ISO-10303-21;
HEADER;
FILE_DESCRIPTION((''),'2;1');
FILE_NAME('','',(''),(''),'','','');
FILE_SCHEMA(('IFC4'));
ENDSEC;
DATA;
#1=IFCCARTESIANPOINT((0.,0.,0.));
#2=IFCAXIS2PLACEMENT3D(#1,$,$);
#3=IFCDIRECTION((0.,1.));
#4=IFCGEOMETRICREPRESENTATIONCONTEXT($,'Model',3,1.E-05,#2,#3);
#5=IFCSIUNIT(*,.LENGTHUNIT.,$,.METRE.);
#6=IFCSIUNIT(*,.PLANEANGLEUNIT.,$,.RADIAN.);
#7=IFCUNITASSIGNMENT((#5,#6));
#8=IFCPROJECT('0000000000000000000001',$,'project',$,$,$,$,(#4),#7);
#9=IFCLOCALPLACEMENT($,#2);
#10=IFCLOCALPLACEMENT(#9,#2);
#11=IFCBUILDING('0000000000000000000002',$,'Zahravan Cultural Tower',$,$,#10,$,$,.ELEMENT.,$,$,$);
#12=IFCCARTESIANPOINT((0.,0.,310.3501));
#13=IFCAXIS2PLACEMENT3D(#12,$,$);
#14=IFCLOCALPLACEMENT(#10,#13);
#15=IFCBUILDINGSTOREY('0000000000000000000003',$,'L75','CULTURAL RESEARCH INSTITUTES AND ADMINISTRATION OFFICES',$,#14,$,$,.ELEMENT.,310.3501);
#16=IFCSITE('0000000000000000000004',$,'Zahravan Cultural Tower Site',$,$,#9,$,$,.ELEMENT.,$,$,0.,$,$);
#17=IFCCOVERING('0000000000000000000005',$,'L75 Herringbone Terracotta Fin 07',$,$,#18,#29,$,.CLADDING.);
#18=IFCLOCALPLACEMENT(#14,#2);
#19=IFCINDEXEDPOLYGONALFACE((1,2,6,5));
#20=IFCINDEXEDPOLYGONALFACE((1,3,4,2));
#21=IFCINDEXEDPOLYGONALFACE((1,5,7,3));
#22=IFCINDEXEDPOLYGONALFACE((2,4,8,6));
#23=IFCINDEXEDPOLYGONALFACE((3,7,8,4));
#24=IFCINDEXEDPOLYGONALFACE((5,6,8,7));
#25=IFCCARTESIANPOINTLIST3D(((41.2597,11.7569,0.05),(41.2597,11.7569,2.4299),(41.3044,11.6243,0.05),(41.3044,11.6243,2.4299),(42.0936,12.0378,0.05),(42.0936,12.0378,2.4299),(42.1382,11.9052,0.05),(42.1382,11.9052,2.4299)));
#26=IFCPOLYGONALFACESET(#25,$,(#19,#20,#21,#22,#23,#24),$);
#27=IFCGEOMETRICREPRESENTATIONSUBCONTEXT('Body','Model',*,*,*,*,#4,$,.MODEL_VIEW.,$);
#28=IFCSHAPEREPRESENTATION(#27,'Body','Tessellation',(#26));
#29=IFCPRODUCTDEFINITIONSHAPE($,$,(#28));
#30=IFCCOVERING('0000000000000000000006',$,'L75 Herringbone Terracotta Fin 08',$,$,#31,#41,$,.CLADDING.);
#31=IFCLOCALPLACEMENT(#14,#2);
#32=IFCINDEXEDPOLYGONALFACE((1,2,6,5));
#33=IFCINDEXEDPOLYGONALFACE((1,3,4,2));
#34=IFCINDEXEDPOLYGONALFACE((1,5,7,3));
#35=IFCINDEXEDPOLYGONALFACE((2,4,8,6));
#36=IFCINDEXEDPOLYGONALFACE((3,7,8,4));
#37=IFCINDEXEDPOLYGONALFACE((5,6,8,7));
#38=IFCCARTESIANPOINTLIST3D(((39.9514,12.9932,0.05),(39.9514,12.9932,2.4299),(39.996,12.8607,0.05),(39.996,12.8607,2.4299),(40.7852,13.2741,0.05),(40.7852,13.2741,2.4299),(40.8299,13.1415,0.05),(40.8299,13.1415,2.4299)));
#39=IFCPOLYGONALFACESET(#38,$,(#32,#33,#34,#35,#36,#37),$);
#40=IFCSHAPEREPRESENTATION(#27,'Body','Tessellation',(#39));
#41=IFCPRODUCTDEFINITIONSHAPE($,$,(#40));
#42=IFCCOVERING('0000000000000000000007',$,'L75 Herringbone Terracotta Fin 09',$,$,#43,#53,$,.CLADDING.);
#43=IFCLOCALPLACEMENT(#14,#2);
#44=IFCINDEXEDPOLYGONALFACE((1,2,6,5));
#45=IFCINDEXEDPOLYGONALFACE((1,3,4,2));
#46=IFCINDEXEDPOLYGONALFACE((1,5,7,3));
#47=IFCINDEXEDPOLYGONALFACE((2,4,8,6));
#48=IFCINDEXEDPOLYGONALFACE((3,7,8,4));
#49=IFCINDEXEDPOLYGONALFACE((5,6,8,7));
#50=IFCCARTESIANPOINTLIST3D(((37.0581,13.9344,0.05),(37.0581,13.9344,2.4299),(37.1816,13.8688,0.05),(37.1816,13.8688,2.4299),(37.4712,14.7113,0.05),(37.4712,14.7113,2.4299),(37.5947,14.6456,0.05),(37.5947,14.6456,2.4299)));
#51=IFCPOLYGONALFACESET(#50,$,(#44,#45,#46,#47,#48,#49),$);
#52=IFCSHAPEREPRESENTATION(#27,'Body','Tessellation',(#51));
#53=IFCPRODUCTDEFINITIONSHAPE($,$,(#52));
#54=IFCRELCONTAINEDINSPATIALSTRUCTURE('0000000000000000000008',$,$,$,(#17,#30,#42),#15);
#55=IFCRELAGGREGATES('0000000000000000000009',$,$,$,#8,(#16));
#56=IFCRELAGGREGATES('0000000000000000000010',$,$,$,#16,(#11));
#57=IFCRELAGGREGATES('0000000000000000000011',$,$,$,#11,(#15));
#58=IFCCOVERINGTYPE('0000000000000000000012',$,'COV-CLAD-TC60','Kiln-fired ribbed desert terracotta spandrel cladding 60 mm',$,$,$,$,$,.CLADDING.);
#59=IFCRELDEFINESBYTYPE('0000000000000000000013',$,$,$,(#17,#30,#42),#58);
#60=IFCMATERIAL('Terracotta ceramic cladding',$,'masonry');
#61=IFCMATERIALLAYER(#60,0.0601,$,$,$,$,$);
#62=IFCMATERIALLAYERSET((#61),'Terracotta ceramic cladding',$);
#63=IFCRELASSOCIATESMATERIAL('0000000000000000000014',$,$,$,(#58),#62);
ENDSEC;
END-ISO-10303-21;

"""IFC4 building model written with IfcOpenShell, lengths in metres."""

from ifc_helpers import new_model, si_unit, direction, frame, origin, origin_2d, place, context, subcontext, project, spatial, rectangle, extrude, source, transform, mapped, material, layer, layer_set, type_object, element, save


model = new_model("IFC4")

# Units and contexts
model_context = context("Model", 3, precision=1e-05, world=origin(), true_north=direction((0.0, 1.0)))
body_context = subcontext(model_context, "Body", "Model", "MODEL_VIEW")
ifc_project = project(units=[si_unit("LENGTHUNIT", "METRE"), si_unit("PLANEANGLEUNIT", "RADIAN")], contexts=[model_context])

# Site, building, storey
site_placement = place(None, origin())
site = spatial("IfcSite", under=ifc_project, at=site_placement, Name="Zahravan Cultural Tower Site", CompositionType="ELEMENT", RefElevation=0.0)
building_placement = place(site_placement, origin())
building = spatial("IfcBuilding", under=site, at=building_placement, Name="Zahravan Cultural Tower", CompositionType="ELEMENT")
storey_placement = place(building_placement, frame((0.0, 0.0, 310.3501)))
storey = spatial("IfcBuildingStorey", under=building, at=storey_placement, Name="L75", Description="CULTURAL RESEARCH INSTITUTES AND ADMINISTRATION OFFICES", CompositionType="ELEMENT", Elevation=310.3501)

# Coverings
ifc_material_1 = material(Name="Terracotta ceramic cladding", Category="masonry")
ifc_layer_1 = layer(ifc_material_1, 0.0601)
ifc_layer_set_1 = layer_set([ifc_layer_1], Name="Terracotta ceramic cladding")
covering_type = type_object("IfcCoveringType", Name="COV-CLAD-TC60", Description="Kiln-fired ribbed desert terracotta spandrel cladding 60 mm", PredefinedType="CLADDING", material=ifc_layer_set_1)
shared_shape_1 = source(origin(), body_context, "Body", "SweptSolid", [
    extrude(rectangle(XDim=0.8799, YDim=0.1399, at=origin_2d()), origin(), (0.0, 0.0, 1.0), 2.3799),
])
for number, where, z_axis, x_axis, name in (
    (1, (41.699, 11.8311, 0.05), (0.0, 0.0, 1.0), (-0.947679, -0.319224, 0.0), "L75 Herringbone Terracotta Fin 07"),
    (2, (40.3906, 13.0674, 0.05), (0.0, 0.0, 1.0), (-0.947679, -0.319224, 0.0), "L75 Herringbone Terracotta Fin 08"),
    (3, (37.3264, 14.29, 0.05), (0.0, 0.0, 1.0), (-0.469472, -0.882948, 0.0), "L75 Herringbone Terracotta Fin 09"),
):
    element("IfcCovering", number, at=place(storey_placement, frame(where, z_axis=z_axis, x_axis=x_axis)), inside=storey, type_object=covering_type, Name=name, PredefinedType="CLADDING", context=body_context, shape_type="MappedRepresentation", body=[
        mapped(shared_shape_1, transform((0.0, 0.0, 0.0), x_axis=(1.0, 0.0, 0.0), y_axis=(0.0, 1.0, 0.0), z_axis=(0.0, 0.0, 1.0), scale=1.0)),
    ])

save(model, "model.ifc")
